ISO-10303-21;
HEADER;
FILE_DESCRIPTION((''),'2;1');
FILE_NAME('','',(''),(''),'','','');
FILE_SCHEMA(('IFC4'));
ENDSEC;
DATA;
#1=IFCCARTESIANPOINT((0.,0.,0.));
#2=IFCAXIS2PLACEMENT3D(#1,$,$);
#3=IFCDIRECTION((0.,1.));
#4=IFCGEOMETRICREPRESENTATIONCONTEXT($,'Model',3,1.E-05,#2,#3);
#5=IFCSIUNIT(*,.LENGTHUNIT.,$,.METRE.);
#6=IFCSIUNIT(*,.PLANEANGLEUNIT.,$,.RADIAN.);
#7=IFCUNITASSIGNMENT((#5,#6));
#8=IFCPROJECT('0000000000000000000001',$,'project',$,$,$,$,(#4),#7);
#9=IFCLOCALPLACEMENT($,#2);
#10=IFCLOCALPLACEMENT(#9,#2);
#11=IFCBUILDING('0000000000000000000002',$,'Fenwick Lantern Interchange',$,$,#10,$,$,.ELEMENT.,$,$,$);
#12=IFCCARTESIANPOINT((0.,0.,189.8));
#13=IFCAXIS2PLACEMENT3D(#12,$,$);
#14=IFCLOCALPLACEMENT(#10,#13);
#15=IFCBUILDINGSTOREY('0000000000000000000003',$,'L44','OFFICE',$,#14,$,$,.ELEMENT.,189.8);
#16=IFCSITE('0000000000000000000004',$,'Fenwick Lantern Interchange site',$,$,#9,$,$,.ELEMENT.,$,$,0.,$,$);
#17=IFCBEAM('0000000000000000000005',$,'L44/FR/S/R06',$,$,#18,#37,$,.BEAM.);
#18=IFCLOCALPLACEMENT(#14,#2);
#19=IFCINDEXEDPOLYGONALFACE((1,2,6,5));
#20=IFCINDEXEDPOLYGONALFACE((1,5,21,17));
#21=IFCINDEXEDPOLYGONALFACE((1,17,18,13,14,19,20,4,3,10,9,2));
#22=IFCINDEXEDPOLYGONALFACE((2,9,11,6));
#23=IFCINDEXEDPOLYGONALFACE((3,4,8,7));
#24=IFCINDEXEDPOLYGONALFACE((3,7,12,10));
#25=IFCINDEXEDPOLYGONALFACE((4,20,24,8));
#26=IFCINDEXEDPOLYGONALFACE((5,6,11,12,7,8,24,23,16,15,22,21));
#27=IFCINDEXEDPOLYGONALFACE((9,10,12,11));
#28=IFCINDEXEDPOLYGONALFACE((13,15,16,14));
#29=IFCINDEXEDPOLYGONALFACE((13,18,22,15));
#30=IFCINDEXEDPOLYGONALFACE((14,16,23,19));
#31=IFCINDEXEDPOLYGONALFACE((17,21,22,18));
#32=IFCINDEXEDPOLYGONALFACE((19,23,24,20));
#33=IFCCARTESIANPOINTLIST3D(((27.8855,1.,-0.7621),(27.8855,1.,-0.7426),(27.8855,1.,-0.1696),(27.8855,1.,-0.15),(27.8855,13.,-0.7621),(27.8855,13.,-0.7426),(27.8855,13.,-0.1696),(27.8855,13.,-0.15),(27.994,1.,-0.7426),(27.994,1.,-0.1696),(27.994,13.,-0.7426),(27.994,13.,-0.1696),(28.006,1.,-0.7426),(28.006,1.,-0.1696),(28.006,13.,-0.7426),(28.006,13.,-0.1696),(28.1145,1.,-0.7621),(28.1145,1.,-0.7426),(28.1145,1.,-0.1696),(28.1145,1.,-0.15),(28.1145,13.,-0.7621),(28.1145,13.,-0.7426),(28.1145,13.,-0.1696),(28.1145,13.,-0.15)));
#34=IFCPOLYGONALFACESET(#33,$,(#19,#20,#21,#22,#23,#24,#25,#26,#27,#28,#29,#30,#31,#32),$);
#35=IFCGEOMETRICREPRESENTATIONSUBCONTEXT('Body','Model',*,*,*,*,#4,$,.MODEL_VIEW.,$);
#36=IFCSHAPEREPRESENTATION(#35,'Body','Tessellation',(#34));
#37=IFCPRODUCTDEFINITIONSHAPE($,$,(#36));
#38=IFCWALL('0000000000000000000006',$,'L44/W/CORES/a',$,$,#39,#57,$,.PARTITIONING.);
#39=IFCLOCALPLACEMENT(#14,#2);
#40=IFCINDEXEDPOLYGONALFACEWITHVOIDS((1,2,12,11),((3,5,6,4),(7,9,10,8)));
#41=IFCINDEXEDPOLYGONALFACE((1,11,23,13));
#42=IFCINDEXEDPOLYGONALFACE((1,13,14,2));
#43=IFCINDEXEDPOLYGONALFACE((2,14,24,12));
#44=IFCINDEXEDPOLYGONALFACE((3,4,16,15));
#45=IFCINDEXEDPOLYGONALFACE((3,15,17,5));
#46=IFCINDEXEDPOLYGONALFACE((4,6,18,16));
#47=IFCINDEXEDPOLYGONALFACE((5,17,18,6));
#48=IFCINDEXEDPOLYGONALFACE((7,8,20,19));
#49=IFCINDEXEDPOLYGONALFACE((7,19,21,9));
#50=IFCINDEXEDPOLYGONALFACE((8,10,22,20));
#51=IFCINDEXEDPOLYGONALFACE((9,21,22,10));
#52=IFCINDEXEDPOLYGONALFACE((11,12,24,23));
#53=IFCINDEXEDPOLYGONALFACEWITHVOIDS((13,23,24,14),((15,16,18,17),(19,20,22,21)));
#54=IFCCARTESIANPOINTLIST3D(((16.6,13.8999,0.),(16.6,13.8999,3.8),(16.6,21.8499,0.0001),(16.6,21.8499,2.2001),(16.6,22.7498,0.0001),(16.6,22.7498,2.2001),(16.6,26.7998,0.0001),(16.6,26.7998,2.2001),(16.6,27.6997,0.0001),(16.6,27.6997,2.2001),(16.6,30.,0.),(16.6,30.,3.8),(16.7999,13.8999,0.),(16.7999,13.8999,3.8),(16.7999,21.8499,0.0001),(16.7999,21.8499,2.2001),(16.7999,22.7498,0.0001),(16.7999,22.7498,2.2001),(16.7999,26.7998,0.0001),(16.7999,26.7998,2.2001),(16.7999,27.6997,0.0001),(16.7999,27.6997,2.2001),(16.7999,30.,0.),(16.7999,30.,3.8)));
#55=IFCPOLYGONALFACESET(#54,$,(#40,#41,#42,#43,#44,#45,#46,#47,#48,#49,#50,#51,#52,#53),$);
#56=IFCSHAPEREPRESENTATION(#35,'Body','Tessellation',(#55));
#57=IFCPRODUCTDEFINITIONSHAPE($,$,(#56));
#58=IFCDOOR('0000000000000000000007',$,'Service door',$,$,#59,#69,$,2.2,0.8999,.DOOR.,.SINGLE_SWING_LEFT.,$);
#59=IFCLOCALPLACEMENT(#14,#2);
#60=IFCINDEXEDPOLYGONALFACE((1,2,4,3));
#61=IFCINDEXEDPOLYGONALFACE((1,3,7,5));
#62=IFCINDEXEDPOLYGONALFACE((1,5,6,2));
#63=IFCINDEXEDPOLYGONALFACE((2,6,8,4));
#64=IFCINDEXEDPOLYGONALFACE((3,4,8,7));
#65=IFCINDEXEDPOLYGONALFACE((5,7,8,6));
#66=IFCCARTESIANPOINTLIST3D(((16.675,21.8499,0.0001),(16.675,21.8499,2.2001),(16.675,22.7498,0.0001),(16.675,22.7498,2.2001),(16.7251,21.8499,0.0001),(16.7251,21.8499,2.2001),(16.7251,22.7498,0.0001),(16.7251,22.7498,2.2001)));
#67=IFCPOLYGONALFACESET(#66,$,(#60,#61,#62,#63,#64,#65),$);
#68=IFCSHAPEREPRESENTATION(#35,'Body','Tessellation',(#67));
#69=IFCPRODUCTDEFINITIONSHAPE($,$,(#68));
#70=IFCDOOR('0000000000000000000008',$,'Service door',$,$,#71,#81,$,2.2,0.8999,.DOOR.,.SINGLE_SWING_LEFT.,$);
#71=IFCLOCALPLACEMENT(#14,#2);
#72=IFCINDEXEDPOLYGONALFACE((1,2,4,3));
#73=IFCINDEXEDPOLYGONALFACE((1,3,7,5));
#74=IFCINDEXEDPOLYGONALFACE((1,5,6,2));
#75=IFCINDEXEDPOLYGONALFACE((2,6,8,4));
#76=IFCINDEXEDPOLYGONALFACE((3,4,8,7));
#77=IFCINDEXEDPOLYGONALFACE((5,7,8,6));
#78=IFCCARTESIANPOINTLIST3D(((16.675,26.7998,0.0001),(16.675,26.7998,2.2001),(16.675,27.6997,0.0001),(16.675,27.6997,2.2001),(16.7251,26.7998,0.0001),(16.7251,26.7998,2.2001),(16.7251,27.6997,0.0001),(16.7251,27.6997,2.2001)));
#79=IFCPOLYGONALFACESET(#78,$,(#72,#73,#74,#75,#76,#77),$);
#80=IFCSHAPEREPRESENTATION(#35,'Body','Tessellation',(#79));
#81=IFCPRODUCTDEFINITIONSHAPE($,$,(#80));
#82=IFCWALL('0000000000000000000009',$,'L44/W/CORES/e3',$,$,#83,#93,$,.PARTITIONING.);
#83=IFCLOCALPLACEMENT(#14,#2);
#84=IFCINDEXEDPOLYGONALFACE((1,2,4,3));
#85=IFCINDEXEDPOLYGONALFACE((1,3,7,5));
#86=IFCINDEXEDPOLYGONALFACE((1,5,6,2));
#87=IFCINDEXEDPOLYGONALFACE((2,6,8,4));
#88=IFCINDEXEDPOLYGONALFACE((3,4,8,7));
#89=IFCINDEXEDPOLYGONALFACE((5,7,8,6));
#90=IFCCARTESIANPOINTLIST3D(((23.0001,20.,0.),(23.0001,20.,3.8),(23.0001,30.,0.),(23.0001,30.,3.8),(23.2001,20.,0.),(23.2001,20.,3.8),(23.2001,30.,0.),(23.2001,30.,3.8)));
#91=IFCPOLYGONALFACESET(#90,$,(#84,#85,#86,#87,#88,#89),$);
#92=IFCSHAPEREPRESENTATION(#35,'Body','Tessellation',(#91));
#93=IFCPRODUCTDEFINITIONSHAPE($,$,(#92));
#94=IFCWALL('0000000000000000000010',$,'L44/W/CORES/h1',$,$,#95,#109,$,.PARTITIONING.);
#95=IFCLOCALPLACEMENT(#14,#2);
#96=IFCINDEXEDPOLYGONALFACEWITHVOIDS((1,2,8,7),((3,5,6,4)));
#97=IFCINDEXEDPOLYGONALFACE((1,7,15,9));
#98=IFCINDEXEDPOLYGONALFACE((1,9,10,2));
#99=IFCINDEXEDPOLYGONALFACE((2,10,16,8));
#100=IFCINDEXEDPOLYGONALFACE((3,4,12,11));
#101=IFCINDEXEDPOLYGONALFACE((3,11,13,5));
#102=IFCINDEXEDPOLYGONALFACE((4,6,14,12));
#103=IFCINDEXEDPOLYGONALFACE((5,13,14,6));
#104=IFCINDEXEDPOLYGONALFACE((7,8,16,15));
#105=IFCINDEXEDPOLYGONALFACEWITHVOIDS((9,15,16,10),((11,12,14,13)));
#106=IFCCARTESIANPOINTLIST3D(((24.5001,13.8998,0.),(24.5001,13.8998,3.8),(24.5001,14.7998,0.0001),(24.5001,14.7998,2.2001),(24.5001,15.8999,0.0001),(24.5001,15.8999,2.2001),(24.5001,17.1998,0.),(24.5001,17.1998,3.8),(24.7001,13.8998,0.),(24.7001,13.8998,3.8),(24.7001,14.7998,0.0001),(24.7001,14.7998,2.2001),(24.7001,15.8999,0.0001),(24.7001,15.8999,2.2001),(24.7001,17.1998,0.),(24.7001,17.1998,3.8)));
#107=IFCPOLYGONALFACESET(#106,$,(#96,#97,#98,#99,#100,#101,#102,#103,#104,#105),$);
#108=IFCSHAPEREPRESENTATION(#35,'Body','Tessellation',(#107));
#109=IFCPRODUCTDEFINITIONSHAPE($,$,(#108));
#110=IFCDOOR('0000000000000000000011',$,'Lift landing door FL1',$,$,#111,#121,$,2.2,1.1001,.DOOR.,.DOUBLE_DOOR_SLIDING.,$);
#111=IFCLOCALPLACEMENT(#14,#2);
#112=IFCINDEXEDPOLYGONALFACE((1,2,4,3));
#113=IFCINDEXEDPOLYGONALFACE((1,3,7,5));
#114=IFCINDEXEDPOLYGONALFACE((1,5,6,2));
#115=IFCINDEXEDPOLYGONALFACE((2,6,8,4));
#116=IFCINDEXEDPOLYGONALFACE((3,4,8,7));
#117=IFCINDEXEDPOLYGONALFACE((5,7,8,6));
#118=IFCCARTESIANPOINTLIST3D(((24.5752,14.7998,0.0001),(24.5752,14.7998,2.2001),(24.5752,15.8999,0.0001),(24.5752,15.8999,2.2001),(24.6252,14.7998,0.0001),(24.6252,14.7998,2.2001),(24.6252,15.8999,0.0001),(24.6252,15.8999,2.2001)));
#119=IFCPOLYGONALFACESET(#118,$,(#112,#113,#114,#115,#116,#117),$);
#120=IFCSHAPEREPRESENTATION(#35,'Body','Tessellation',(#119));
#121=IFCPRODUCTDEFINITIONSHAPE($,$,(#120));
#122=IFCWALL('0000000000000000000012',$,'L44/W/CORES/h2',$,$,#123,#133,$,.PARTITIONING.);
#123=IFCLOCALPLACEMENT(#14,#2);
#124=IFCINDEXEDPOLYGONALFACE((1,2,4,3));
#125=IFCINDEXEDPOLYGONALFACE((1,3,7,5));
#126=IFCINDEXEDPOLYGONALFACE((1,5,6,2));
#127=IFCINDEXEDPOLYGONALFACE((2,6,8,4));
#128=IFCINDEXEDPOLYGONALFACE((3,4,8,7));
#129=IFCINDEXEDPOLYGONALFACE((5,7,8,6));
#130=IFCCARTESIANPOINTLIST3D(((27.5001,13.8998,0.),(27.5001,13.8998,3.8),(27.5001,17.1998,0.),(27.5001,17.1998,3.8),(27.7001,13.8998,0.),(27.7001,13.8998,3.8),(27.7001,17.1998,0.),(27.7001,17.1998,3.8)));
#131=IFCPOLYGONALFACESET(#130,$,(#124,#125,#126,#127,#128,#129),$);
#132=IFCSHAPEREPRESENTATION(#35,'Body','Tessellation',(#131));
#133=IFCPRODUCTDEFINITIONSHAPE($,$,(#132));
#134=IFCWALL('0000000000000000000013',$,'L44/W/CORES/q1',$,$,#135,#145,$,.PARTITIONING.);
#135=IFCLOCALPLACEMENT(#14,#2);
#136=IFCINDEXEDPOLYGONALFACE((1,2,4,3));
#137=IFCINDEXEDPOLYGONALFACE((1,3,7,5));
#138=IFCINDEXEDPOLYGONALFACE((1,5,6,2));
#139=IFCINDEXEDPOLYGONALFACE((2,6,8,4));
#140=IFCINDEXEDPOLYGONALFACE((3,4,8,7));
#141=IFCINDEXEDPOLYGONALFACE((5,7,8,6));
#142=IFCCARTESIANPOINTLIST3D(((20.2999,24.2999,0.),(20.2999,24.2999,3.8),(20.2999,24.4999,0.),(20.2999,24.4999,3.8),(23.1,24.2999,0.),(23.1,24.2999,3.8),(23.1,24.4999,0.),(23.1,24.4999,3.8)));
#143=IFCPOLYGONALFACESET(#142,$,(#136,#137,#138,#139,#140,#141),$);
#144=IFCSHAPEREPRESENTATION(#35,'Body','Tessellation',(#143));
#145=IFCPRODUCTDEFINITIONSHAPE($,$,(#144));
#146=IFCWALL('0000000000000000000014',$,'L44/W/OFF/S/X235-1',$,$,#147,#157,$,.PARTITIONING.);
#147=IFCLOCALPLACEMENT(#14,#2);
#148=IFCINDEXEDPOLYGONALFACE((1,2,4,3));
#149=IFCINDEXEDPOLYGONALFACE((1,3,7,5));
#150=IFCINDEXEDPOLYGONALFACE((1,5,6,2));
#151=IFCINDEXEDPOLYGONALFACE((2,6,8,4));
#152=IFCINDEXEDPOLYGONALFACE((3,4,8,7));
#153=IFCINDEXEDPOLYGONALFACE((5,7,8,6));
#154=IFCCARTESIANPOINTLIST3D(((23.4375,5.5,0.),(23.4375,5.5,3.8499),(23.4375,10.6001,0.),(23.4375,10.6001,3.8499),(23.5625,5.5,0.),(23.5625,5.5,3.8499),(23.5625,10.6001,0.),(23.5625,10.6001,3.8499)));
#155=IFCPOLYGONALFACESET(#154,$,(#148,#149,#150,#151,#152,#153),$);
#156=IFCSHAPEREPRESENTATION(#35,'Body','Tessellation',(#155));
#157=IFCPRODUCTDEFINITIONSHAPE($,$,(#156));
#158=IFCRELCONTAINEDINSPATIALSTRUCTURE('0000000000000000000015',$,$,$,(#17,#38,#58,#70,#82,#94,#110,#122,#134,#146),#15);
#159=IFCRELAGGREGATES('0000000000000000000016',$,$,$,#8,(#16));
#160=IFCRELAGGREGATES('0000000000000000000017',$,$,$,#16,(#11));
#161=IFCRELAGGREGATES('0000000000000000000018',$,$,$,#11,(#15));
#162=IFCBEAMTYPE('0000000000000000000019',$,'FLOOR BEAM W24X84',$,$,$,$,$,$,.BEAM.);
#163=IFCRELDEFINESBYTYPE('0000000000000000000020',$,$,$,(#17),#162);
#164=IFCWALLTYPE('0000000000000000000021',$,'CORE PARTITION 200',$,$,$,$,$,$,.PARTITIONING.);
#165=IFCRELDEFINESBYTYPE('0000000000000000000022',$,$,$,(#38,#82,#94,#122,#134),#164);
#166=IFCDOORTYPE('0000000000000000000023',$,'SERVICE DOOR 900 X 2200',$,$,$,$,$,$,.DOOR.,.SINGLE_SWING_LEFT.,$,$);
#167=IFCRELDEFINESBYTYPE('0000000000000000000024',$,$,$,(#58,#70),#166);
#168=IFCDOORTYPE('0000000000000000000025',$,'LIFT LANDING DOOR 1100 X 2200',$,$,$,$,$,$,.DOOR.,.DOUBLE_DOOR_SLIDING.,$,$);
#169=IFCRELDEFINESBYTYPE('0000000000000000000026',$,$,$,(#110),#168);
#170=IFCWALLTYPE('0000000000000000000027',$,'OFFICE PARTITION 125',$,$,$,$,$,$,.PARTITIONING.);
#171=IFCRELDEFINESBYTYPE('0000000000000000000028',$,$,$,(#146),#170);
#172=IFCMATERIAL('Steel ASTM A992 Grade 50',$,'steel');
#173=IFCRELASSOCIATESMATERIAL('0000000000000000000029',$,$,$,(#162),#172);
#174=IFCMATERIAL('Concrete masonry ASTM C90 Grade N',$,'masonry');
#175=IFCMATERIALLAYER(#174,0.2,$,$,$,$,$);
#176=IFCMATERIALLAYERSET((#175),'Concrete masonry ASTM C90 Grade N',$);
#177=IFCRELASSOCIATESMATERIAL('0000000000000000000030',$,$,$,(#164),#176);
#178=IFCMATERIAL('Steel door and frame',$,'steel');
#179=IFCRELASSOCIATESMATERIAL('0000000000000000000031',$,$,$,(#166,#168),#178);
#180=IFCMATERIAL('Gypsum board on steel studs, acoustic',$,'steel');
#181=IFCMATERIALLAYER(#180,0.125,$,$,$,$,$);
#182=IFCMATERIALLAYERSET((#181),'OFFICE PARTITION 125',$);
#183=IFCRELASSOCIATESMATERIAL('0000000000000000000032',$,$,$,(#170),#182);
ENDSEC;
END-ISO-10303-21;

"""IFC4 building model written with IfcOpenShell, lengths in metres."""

from ifc_helpers import new_model, si_unit, direction, frame, frame_2d, origin, origin_2d, place, context, subcontext, project, spatial, rectangle, i_section, extrude, material, layer, layer_set, material_profile, profile_set, type_object, element, fill, save


model = new_model("IFC4")

# Units and contexts
model_context = context("Model", 3, precision=1e-05, world=origin(), true_north=direction((0.0, 1.0)))
body_context = subcontext(model_context, "Body", "Model", "MODEL_VIEW")
ifc_project = project(units=[si_unit("LENGTHUNIT", "METRE"), si_unit("PLANEANGLEUNIT", "RADIAN")], contexts=[model_context])

# Site, building, storey
site_placement = place(None, origin())
site = spatial("IfcSite", under=ifc_project, at=site_placement, Name="Fenwick Lantern Interchange site", CompositionType="ELEMENT", RefElevation=0.0)
building_placement = place(site_placement, origin())
building = spatial("IfcBuilding", under=site, at=building_placement, Name="Fenwick Lantern Interchange", CompositionType="ELEMENT")
storey_placement = place(building_placement, frame((0.0, 0.0, 189.8)))
storey = spatial("IfcBuildingStorey", under=building, at=storey_placement, Name="L44", Description="OFFICE", CompositionType="ELEMENT", Elevation=189.8)

# Beam
ifc_material_1 = material(Name="Steel ASTM A992 Grade 50", Category="steel")
ifc_material_profile = material_profile(ifc_material_1, i_section(OverallWidth=0.229, OverallDepth=0.6121, WebThickness=0.012, FlangeThickness=0.0195, at=origin_2d()), Name="W24X84")
ifc_profile_set = profile_set([ifc_material_profile], Name="Steel ASTM A992 Grade 50")
beam_type = type_object("IfcBeamType", Name="FLOOR BEAM W24X84", PredefinedType="BEAM", material=ifc_profile_set)
beam_placement = place(storey_placement, frame((28.0, 1.0, -0.4561), z_axis=(0.0, 1.0, 0.0), x_axis=(-1.0, 0.0, 0.0)))
element("IfcBeam", 1, at=beam_placement, inside=storey, type_object=beam_type, Name="L44/FR/S/R06", PredefinedType="BEAM", context=body_context, shape_type="SweptSolid", body=[
    extrude(i_section(OverallWidth=0.229, OverallDepth=0.6121, WebThickness=0.012, FlangeThickness=0.0195, at=origin_2d()), origin(), (0.0, 0.0, 1.0), 12.0),
])

# Wall, openings, doors
ifc_material_2 = material(Name="Concrete masonry ASTM C90 Grade N", Category="masonry")
ifc_layer_1 = layer(ifc_material_2, 0.2)
ifc_layer_set_1 = layer_set([ifc_layer_1], Name="Concrete masonry ASTM C90 Grade N")
wall_type_1 = type_object("IfcWallType", Name="CORE PARTITION 200", PredefinedType="PARTITIONING", material=ifc_layer_set_1)
wall_1_placement = place(storey_placement, frame((16.7, 13.8999, 0.0), z_axis=(0.0, 0.0, 1.0), x_axis=(0.0, 1.0, 0.0)))
wall_1 = element("IfcWall", 2, at=wall_1_placement, inside=storey, type_object=wall_type_1, Name="L44/W/CORES/a", PredefinedType="PARTITIONING", context=body_context, shape_type="SweptSolid", body=[
    extrude(rectangle(XDim=16.1001, YDim=0.2, at=frame_2d((8.05, 0.0))), origin(), (0.0, 0.0, 1.0), 3.8),
])
opening_1_placement = place(wall_1_placement, frame((7.95, 0.0, 0.0)))
opening_1 = element("IfcOpeningElement", 3, at=opening_1_placement, cuts=wall_1, PredefinedType="OPENING", context=body_context, shape_type="SweptSolid", body=[
    extrude(rectangle(XDim=0.8999, YDim=2.2, at=frame_2d((0.45, 1.1001))), frame((0.0, 0.1099, 0.0), z_axis=(0.0, -1.0, 0.0), x_axis=(1.0, 0.0, 0.0)), (0.0, 0.0, 1.0), 0.22),
])
opening_2_placement = place(wall_1_placement, frame((12.8999, 0.0, 0.0)))
opening_2 = element("IfcOpeningElement", 4, at=opening_2_placement, cuts=wall_1, PredefinedType="OPENING", context=body_context, shape_type="SweptSolid", body=[
    extrude(rectangle(XDim=0.8999, YDim=2.2, at=frame_2d((0.45, 1.1001))), frame((0.0, 0.1099, 0.0), z_axis=(0.0, -1.0, 0.0), x_axis=(1.0, 0.0, 0.0)), (0.0, 0.0, 1.0), 0.22),
])
ifc_material_3 = material(Name="Steel door and frame", Category="steel")
door_type_1 = type_object("IfcDoorType", Name="SERVICE DOOR 900 X 2200", OperationType="SINGLE_SWING_LEFT", PredefinedType="DOOR", material=ifc_material_3)
door_1_placement = place(opening_1_placement, origin())
door_1 = element("IfcDoor", 5, at=door_1_placement, inside=storey, type_object=door_type_1, Name="Service door", OperationType="SINGLE_SWING_LEFT", OverallHeight=2.2, OverallWidth=0.8999, PredefinedType="DOOR", context=body_context, shape_type="SweptSolid", body=[
    extrude(rectangle(XDim=0.8999, YDim=2.2, at=frame_2d((0.45, 1.1001))), frame((0.0, 0.0249, 0.0), z_axis=(0.0, -1.0, 0.0), x_axis=(1.0, 0.0, 0.0)), (0.0, 0.0, 1.0), 0.05),
])
fill(opening_1, door_1)
door_2_placement = place(opening_2_placement, origin())
door_2 = element("IfcDoor", 6, at=door_2_placement, inside=storey, type_object=door_type_1, Name="Service door", OperationType="SINGLE_SWING_LEFT", OverallHeight=2.2, OverallWidth=0.8999, PredefinedType="DOOR", context=body_context, shape_type="SweptSolid", body=[
    extrude(rectangle(XDim=0.8999, YDim=2.2, at=frame_2d((0.45, 1.1001))), frame((0.0, 0.0249, 0.0), z_axis=(0.0, -1.0, 0.0), x_axis=(1.0, 0.0, 0.0)), (0.0, 0.0, 1.0), 0.05),
])
fill(opening_2, door_2)

# Wall
wall_2_placement = place(storey_placement, frame((23.1001, 20.0, 0.0), z_axis=(0.0, 0.0, 1.0), x_axis=(0.0, 1.0, 0.0)))
element("IfcWall", 7, at=wall_2_placement, inside=storey, type_object=wall_type_1, Name="L44/W/CORES/e3", PredefinedType="PARTITIONING", context=body_context, shape_type="SweptSolid", body=[
    extrude(rectangle(XDim=10.0, YDim=0.2, at=frame_2d((5.0, 0.0))), origin(), (0.0, 0.0, 1.0), 3.8),
])

# Wall, opening, door
wall_3_placement = place(storey_placement, frame((24.6001, 13.8999, 0.0), z_axis=(0.0, 0.0, 1.0), x_axis=(0.0, 1.0, 0.0)))
wall_3 = element("IfcWall", 8, at=wall_3_placement, inside=storey, type_object=wall_type_1, Name="L44/W/CORES/h1", PredefinedType="PARTITIONING", context=body_context, shape_type="SweptSolid", body=[
    extrude(rectangle(XDim=3.3, YDim=0.2, at=frame_2d((1.6499, 0.0))), origin(), (0.0, 0.0, 1.0), 3.8),
])
opening_3_placement = place(wall_3_placement, frame((0.8999, 0.0, 0.0)))
opening_3 = element("IfcOpeningElement", 9, at=opening_3_placement, cuts=wall_3, PredefinedType="OPENING", context=body_context, shape_type="SweptSolid", body=[
    extrude(rectangle(XDim=1.1001, YDim=2.2, at=frame_2d((0.55, 1.1001))), frame((0.0, 0.1099, 0.0), z_axis=(0.0, -1.0, 0.0), x_axis=(1.0, 0.0, 0.0)), (0.0, 0.0, 1.0), 0.22),
])
door_type_2 = type_object("IfcDoorType", Name="LIFT LANDING DOOR 1100 X 2200", OperationType="DOUBLE_DOOR_SLIDING", PredefinedType="DOOR", material=ifc_material_3)
door_3_placement = place(opening_3_placement, origin())
door_3 = element("IfcDoor", 10, at=door_3_placement, inside=storey, type_object=door_type_2, Name="Lift landing door FL1", OperationType="DOUBLE_DOOR_SLIDING", OverallHeight=2.2, OverallWidth=1.1001, PredefinedType="DOOR", context=body_context, shape_type="SweptSolid", body=[
    extrude(rectangle(XDim=1.1001, YDim=2.2, at=frame_2d((0.55, 1.1001))), frame((0.0, 0.0249, 0.0), z_axis=(0.0, -1.0, 0.0), x_axis=(1.0, 0.0, 0.0)), (0.0, 0.0, 1.0), 0.05),
])
fill(opening_3, door_3)

# Walls
wall_4_placement = place(storey_placement, frame((27.6001, 13.8999, 0.0), z_axis=(0.0, 0.0, 1.0), x_axis=(0.0, 1.0, 0.0)))
element("IfcWall", 11, at=wall_4_placement, inside=storey, type_object=wall_type_1, Name="L44/W/CORES/h2", PredefinedType="PARTITIONING", context=body_context, shape_type="SweptSolid", body=[
    extrude(rectangle(XDim=3.3, YDim=0.2, at=frame_2d((1.6499, 0.0))), origin(), (0.0, 0.0, 1.0), 3.8),
])
wall_5_placement = place(storey_placement, frame((20.3, 24.3999, 0.0), z_axis=(0.0, 0.0, 1.0), x_axis=(1.0, 0.0, 0.0)))
element("IfcWall", 12, at=wall_5_placement, inside=storey, type_object=wall_type_1, Name="L44/W/CORES/q1", PredefinedType="PARTITIONING", context=body_context, shape_type="SweptSolid", body=[
    extrude(rectangle(XDim=2.8, YDim=0.2, at=frame_2d((1.3999, 0.0))), origin(), (0.0, 0.0, 1.0), 3.8),
])
ifc_material_4 = material(Name="Gypsum board on steel studs, acoustic", Category="steel")
ifc_layer_2 = layer(ifc_material_4, 0.125)
ifc_layer_set_2 = layer_set([ifc_layer_2], Name="OFFICE PARTITION 125")
wall_type_2 = type_object("IfcWallType", Name="OFFICE PARTITION 125", PredefinedType="PARTITIONING", material=ifc_layer_set_2)
wall_6_placement = place(storey_placement, frame((23.5, 5.5, 0.0), z_axis=(0.0, 0.0, 1.0), x_axis=(0.0, 1.0, 0.0)))
element("IfcWall", 13, at=wall_6_placement, inside=storey, type_object=wall_type_2, Name="L44/W/OFF/S/X235-1", PredefinedType="PARTITIONING", context=body_context, shape_type="SweptSolid", body=[
    extrude(rectangle(XDim=5.1001, YDim=0.125, at=frame_2d((2.55, 0.0))), origin(), (0.0, 0.0, 1.0), 3.8499),
])

save(model, "model.ifc")
